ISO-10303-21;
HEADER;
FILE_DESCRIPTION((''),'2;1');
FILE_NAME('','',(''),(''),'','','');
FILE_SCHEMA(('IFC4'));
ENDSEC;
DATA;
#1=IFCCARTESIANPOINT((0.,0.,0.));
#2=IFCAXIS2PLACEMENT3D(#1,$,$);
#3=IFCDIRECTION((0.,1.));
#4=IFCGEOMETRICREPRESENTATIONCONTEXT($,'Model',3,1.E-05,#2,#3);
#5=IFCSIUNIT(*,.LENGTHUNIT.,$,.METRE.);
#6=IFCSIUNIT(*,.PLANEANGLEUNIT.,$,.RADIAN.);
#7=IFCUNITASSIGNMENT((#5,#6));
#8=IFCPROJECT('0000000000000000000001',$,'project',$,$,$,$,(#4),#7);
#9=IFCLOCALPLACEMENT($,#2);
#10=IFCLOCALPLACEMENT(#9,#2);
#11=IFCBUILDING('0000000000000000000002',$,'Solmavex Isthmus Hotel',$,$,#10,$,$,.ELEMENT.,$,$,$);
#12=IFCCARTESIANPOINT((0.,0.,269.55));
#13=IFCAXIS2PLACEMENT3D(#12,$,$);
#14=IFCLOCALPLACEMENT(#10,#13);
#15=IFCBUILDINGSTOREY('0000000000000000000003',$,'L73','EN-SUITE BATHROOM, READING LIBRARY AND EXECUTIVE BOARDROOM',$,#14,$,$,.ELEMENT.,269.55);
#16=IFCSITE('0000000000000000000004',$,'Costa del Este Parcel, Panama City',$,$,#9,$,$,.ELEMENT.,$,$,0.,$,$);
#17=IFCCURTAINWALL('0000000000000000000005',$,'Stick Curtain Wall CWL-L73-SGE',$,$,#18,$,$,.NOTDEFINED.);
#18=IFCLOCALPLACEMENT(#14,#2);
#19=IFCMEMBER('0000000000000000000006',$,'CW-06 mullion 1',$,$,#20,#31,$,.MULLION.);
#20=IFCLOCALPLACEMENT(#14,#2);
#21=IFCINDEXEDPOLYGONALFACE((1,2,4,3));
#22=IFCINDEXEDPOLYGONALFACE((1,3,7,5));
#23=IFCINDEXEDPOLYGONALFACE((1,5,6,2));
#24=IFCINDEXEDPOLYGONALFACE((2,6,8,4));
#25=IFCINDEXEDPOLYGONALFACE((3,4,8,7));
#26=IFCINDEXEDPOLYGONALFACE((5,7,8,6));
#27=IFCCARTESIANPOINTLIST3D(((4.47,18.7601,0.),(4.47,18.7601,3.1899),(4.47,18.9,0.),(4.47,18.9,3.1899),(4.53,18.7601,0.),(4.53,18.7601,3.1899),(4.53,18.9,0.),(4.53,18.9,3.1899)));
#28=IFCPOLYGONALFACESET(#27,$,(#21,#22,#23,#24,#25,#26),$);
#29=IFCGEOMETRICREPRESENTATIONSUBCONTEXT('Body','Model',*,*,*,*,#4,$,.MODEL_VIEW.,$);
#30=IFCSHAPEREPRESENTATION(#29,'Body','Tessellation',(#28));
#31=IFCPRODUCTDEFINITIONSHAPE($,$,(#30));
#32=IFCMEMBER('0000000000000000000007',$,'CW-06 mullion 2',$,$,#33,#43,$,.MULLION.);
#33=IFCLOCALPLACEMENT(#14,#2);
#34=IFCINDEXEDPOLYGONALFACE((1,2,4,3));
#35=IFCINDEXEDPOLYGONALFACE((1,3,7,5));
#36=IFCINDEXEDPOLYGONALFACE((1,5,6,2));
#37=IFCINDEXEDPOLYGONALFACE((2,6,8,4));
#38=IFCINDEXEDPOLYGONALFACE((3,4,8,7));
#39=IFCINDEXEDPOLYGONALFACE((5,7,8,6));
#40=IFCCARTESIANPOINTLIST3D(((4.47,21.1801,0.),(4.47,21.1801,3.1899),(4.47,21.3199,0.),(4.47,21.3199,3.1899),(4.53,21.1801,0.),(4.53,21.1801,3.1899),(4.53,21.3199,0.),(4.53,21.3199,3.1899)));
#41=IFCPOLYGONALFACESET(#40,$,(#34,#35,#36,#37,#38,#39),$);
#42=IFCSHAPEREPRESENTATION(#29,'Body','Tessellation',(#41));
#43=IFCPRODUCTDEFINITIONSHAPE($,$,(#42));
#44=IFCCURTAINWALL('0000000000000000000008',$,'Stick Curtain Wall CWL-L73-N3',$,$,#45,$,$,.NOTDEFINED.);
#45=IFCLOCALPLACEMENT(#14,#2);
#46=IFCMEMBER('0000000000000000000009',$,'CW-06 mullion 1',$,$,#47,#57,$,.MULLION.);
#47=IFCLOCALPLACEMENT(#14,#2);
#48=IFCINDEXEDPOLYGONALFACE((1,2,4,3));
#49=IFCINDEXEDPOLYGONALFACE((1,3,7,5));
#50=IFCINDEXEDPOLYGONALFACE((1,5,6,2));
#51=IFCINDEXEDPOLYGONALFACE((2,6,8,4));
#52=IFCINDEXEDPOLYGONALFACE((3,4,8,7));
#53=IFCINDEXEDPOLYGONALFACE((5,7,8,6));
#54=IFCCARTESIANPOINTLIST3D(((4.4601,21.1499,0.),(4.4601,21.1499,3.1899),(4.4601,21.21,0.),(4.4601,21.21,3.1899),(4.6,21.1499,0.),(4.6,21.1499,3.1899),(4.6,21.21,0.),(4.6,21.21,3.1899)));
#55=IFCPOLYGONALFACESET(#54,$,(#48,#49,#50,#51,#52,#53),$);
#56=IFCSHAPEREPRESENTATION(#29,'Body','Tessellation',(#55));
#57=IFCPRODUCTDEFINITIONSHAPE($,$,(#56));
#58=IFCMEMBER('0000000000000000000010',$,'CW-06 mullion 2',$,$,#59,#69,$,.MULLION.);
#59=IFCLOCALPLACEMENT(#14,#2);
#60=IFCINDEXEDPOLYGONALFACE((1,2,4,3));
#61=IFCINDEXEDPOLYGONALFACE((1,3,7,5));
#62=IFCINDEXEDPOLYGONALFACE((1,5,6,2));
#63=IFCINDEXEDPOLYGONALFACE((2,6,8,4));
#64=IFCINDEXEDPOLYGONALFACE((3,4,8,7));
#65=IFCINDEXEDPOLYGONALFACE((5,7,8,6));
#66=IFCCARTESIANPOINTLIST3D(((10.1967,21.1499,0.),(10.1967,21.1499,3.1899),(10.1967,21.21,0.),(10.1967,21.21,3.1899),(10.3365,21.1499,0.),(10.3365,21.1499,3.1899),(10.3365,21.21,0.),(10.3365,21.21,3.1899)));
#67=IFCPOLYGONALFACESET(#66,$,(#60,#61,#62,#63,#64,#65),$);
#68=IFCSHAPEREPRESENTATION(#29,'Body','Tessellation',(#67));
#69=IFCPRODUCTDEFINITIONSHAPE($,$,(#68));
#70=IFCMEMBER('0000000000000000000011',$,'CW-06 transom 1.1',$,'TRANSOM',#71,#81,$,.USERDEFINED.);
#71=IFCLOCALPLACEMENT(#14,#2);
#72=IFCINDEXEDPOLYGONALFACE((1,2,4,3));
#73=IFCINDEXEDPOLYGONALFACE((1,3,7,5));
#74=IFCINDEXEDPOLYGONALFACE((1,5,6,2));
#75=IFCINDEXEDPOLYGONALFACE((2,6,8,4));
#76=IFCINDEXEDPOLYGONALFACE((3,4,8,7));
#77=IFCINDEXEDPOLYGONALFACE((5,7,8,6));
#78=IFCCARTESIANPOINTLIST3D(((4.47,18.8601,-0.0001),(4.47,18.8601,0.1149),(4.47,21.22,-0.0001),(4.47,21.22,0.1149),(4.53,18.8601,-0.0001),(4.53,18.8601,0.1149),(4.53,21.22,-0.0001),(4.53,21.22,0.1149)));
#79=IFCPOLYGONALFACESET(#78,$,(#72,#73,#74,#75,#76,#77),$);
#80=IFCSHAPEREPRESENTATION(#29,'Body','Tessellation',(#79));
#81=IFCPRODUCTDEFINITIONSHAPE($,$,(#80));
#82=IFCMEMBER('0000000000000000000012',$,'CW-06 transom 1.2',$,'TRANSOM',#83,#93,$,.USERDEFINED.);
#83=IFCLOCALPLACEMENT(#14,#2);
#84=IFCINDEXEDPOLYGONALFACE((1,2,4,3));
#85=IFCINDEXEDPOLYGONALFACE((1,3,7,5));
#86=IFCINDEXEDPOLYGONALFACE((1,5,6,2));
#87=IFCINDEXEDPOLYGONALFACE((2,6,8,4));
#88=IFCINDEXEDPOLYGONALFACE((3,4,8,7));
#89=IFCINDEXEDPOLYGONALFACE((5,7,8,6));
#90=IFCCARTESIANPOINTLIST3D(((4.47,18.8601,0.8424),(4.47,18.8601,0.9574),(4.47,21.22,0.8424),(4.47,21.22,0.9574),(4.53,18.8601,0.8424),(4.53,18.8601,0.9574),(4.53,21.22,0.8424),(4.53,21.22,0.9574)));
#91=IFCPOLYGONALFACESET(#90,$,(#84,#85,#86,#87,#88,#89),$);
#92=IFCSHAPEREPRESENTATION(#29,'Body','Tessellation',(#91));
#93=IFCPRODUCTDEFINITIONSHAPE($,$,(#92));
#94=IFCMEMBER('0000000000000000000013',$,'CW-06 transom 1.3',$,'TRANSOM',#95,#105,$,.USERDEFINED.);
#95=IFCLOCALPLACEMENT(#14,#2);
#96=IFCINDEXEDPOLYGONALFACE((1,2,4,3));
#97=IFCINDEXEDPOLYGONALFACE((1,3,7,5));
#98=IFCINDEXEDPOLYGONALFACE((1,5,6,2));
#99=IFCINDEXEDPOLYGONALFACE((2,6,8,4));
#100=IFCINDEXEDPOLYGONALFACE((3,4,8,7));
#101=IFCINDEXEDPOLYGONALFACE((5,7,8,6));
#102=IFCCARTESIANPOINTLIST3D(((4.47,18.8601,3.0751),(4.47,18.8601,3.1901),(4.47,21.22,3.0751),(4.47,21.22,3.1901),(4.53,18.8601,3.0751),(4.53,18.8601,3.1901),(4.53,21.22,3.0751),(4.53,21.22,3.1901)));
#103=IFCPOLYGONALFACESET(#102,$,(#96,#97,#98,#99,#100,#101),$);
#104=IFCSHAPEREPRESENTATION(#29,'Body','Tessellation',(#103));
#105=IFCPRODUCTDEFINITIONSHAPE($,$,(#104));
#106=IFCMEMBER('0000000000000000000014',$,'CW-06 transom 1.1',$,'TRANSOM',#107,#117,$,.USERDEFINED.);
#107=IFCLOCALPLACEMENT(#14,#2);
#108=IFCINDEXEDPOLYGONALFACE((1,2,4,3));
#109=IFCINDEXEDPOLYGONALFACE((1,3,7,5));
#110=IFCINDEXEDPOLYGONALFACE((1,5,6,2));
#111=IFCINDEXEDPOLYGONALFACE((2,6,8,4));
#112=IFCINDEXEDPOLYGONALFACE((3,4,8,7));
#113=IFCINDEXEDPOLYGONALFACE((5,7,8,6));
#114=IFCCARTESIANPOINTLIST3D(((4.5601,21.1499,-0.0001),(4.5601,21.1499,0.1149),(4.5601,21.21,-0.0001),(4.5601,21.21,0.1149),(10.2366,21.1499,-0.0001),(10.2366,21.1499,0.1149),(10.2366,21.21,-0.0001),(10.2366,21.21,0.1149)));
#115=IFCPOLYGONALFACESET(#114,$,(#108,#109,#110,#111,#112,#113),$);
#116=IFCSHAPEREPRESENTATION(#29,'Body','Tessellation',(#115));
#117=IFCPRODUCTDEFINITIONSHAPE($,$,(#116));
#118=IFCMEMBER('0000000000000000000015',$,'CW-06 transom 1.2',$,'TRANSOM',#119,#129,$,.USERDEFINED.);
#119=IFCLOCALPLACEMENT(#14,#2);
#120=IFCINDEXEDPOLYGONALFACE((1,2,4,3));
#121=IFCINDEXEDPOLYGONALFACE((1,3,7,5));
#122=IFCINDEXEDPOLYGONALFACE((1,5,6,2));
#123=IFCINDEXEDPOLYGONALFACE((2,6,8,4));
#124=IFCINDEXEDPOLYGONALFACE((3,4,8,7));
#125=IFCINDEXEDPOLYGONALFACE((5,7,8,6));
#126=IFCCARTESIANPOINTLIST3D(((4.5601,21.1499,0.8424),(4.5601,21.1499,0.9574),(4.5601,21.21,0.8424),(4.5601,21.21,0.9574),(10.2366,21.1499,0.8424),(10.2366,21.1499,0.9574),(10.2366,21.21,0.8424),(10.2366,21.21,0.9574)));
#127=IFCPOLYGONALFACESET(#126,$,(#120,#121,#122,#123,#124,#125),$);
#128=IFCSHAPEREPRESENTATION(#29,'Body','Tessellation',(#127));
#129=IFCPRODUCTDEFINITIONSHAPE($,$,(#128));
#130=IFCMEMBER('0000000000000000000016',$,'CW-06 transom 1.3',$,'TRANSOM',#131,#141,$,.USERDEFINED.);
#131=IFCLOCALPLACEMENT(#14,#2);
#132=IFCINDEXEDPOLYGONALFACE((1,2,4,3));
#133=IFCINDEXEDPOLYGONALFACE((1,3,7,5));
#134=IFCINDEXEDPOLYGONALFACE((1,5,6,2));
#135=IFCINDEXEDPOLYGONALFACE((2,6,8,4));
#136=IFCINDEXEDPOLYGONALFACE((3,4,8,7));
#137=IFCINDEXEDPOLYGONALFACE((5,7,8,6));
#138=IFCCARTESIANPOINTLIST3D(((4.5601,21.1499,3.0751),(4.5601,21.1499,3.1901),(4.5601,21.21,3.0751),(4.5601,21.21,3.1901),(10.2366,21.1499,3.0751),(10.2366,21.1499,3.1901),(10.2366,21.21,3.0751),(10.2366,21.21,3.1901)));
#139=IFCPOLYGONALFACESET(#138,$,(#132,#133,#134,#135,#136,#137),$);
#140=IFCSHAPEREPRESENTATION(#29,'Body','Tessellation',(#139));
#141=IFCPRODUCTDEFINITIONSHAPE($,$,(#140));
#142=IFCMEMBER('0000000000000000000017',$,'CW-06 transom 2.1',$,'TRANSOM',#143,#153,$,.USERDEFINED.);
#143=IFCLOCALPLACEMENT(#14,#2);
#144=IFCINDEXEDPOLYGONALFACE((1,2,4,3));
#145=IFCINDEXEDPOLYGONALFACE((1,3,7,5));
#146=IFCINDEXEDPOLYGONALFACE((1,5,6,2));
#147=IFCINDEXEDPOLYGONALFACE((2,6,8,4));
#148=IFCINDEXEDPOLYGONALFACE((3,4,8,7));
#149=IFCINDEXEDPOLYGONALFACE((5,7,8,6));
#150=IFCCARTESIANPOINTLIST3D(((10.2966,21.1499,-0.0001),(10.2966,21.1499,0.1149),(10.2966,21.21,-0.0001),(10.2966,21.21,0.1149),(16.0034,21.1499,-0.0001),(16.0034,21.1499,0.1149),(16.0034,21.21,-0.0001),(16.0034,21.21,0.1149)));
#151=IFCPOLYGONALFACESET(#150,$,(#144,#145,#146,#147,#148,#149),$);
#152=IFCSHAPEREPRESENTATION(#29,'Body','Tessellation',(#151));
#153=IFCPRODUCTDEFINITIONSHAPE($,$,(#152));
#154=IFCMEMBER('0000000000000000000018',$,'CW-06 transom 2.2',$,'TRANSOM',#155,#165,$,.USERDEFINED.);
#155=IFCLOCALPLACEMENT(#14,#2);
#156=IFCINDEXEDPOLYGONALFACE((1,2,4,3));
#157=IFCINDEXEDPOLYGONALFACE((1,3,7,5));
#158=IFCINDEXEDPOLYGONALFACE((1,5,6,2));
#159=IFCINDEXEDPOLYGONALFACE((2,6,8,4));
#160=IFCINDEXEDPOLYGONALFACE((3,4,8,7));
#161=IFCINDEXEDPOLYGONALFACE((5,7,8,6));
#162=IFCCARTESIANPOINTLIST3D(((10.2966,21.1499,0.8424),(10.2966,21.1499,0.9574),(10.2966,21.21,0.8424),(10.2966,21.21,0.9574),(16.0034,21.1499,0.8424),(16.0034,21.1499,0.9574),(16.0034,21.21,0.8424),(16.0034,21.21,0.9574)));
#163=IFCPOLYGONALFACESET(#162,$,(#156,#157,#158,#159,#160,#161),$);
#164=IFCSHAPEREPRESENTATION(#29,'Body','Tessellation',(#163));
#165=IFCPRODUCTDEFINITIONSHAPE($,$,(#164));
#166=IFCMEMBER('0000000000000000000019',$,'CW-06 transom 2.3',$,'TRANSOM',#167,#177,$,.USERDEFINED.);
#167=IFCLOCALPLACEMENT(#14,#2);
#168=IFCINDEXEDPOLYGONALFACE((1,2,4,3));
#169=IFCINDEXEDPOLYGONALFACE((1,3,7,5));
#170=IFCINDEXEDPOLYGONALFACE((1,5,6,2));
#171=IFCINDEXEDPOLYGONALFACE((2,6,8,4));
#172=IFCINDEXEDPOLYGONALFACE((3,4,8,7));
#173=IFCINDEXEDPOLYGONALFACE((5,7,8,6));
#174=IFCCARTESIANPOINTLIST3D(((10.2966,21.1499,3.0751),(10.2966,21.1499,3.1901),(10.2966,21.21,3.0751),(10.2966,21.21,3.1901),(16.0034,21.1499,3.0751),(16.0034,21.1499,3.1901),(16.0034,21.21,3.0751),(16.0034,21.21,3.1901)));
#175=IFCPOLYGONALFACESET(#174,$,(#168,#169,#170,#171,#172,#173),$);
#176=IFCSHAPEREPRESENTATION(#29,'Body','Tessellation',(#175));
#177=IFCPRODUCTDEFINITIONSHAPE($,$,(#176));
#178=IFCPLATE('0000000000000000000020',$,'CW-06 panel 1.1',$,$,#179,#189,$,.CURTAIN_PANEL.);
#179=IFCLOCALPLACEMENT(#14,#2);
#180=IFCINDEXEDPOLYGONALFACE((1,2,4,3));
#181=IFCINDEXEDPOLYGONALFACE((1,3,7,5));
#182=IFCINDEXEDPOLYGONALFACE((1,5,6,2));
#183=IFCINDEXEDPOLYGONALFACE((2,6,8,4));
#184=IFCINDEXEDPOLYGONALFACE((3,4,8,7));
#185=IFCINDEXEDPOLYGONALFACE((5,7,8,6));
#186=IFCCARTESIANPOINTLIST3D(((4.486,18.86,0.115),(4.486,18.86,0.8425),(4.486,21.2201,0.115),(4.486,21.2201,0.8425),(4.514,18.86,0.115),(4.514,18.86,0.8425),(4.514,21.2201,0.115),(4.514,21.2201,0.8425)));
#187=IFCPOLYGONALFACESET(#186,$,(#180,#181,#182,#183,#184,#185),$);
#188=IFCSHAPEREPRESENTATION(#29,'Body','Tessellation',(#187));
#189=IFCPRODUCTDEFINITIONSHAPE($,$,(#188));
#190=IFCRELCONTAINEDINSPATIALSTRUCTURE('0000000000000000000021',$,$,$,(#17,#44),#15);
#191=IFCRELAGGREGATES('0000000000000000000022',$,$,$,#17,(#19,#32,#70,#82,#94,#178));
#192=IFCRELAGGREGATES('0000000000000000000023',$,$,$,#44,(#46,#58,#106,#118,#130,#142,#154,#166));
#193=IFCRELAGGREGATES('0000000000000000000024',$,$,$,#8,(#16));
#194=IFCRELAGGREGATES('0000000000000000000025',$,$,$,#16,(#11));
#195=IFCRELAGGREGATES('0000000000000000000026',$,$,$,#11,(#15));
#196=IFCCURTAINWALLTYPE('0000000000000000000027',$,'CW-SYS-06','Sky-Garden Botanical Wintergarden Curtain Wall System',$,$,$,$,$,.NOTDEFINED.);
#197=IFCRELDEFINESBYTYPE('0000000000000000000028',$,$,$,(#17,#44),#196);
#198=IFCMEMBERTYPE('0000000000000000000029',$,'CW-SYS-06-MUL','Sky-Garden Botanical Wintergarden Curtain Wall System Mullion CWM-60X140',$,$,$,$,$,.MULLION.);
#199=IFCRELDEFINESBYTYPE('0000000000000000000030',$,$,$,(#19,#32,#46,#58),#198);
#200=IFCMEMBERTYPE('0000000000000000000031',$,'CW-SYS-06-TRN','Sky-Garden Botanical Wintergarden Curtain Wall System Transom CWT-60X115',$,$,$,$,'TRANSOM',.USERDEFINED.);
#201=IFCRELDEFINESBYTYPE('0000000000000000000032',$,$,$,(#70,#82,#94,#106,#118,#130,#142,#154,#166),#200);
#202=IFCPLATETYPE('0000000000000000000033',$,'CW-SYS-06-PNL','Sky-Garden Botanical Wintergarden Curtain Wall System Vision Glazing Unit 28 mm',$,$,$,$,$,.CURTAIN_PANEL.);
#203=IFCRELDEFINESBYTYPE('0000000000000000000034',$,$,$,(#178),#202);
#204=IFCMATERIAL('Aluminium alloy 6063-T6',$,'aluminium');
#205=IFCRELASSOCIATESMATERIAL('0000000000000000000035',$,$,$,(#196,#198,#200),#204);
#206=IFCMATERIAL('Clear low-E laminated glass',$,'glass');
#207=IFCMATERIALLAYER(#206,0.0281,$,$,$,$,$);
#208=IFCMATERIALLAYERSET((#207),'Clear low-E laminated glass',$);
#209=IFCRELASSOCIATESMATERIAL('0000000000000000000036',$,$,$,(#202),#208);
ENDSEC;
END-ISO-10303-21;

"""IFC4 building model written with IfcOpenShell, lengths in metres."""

from ifc_helpers import new_model, si_unit, direction, frame, origin, origin_2d, place, context, subcontext, project, spatial, rectangle, extrude, material, layer, layer_set, material_profile, profile_set, type_object, element, aggregate, save


model = new_model("IFC4")

# Units and contexts
model_context = context("Model", 3, precision=1e-05, world=origin(), true_north=direction((0.0, 1.0)))
body_context = subcontext(model_context, "Body", "Model", "MODEL_VIEW")
ifc_project = project(units=[si_unit("LENGTHUNIT", "METRE"), si_unit("PLANEANGLEUNIT", "RADIAN")], contexts=[model_context])

# Site, building, storey
site_placement = place(None, origin())
site = spatial("IfcSite", under=ifc_project, at=site_placement, Name="Costa del Este Parcel, Panama City", CompositionType="ELEMENT", RefElevation=0.0)
building_placement = place(site_placement, origin())
building = spatial("IfcBuilding", under=site, at=building_placement, Name="Solmavex Isthmus Hotel", CompositionType="ELEMENT")
storey_placement = place(building_placement, frame((0.0, 0.0, 269.55)))
storey = spatial("IfcBuildingStorey", under=building, at=storey_placement, Name="L73", Description="EN-SUITE BATHROOM, READING LIBRARY AND EXECUTIVE BOARDROOM", CompositionType="ELEMENT", Elevation=269.55)

# Curtain walls, members
ifc_material_1 = material(Name="Aluminium alloy 6063-T6", Category="aluminium")
curtain_wall_type = type_object("IfcCurtainWallType", Name="CW-SYS-06", Description="Sky-Garden Botanical Wintergarden Curtain Wall System", PredefinedType="NOTDEFINED", material=ifc_material_1)
curtain_wall_1_placement = place(storey_placement, origin())
curtain_wall_1 = element("IfcCurtainWall", 1, at=curtain_wall_1_placement, inside=storey, type_object=curtain_wall_type, Name="Stick Curtain Wall CWL-L73-SGE", PredefinedType="NOTDEFINED")
ifc_material_profile_1 = material_profile(ifc_material_1, rectangle(XDim=0.0601, YDim=0.1399, at=origin_2d()), Name="CWM-60X140")
ifc_profile_set_1 = profile_set([ifc_material_profile_1], Name="Aluminium alloy 6063-T6")
member_type_1 = type_object("IfcMemberType", Name="CW-SYS-06-MUL", Description="Sky-Garden Botanical Wintergarden Curtain Wall System Mullion CWM-60X140", PredefinedType="MULLION", material=ifc_profile_set_1)
member_1_placement = place(storey_placement, frame((4.5, 18.8301, 0.0), z_axis=(0.0, 0.0, 1.0), x_axis=(-1.0, 0.0, 0.0)))
member_1 = element("IfcMember", 2, at=member_1_placement, type_object=member_type_1, Name="CW-06 mullion 1", PredefinedType="MULLION", context=body_context, shape_type="SweptSolid", body=[
    extrude(rectangle(XDim=0.0601, YDim=0.1399, at=origin_2d()), origin(), (0.0, 0.0, 1.0), 3.1899),
])
member_2_placement = place(storey_placement, frame((4.5, 21.25, 0.0), z_axis=(0.0, 0.0, 1.0), x_axis=(-1.0, 0.0, 0.0)))
member_2 = element("IfcMember", 3, at=member_2_placement, type_object=member_type_1, Name="CW-06 mullion 2", PredefinedType="MULLION", context=body_context, shape_type="SweptSolid", body=[
    extrude(rectangle(XDim=0.0601, YDim=0.1399, at=origin_2d()), origin(), (0.0, 0.0, 1.0), 3.1899),
])
curtain_wall_2_placement = place(storey_placement, origin())
curtain_wall_2 = element("IfcCurtainWall", 4, at=curtain_wall_2_placement, inside=storey, type_object=curtain_wall_type, Name="Stick Curtain Wall CWL-L73-N3", PredefinedType="NOTDEFINED")
member_3_placement = place(storey_placement, frame((4.53, 21.1799, 0.0), z_axis=(0.0, 0.0, 1.0), x_axis=(0.0, 1.0, 0.0)))
member_3 = element("IfcMember", 5, at=member_3_placement, type_object=member_type_1, Name="CW-06 mullion 1", PredefinedType="MULLION", context=body_context, shape_type="SweptSolid", body=[
    extrude(rectangle(XDim=0.0601, YDim=0.1399, at=origin_2d()), origin(), (0.0, 0.0, 1.0), 3.1899),
])
member_4_placement = place(storey_placement, frame((10.2666, 21.1799, 0.0), z_axis=(0.0, 0.0, 1.0), x_axis=(0.0, 1.0, 0.0)))
member_4 = element("IfcMember", 6, at=member_4_placement, type_object=member_type_1, Name="CW-06 mullion 2", PredefinedType="MULLION", context=body_context, shape_type="SweptSolid", body=[
    extrude(rectangle(XDim=0.0601, YDim=0.1399, at=origin_2d()), origin(), (0.0, 0.0, 1.0), 3.1899),
])

# Members
ifc_material_profile_2 = material_profile(ifc_material_1, rectangle(XDim=0.0601, YDim=0.115, at=origin_2d()), Name="CWT-60X115")
ifc_profile_set_2 = profile_set([ifc_material_profile_2], Name="Aluminium alloy 6063-T6")
member_type_2 = type_object("IfcMemberType", Name="CW-SYS-06-TRN", Description="Sky-Garden Botanical Wintergarden Curtain Wall System Transom CWT-60X115", ElementType="TRANSOM", PredefinedType="USERDEFINED", material=ifc_profile_set_2)
member_5_placement = place(storey_placement, frame((4.5, 18.8601, 0.0574), z_axis=(0.0, 1.0, 0.0), x_axis=(-1.0, 0.0, 0.0)))
member_5 = element("IfcMember", 7, at=member_5_placement, type_object=member_type_2, Name="CW-06 transom 1.1", ObjectType="TRANSOM", PredefinedType="USERDEFINED", context=body_context, shape_type="SweptSolid", body=[
    extrude(rectangle(XDim=0.0601, YDim=0.115, at=origin_2d()), origin(), (0.0, 0.0, 1.0), 2.3599),
])
member_6_placement = place(storey_placement, frame((4.5, 18.8601, 0.8999), z_axis=(0.0, 1.0, 0.0), x_axis=(-1.0, 0.0, 0.0)))
member_6 = element("IfcMember", 8, at=member_6_placement, type_object=member_type_2, Name="CW-06 transom 1.2", ObjectType="TRANSOM", PredefinedType="USERDEFINED", context=body_context, shape_type="SweptSolid", body=[
    extrude(rectangle(XDim=0.0601, YDim=0.115, at=origin_2d()), origin(), (0.0, 0.0, 1.0), 2.3599),
])
member_7_placement = place(storey_placement, frame((4.5, 18.8601, 3.1326), z_axis=(0.0, 1.0, 0.0), x_axis=(-1.0, 0.0, 0.0)))
member_7 = element("IfcMember", 9, at=member_7_placement, type_object=member_type_2, Name="CW-06 transom 1.3", ObjectType="TRANSOM", PredefinedType="USERDEFINED", context=body_context, shape_type="SweptSolid", body=[
    extrude(rectangle(XDim=0.0601, YDim=0.115, at=origin_2d()), origin(), (0.0, 0.0, 1.0), 2.3599),
])
member_8_placement = place(storey_placement, frame((4.5601, 21.1799, 0.0574), z_axis=(1.0, 0.0, 0.0), x_axis=(0.0, 1.0, 0.0)))
member_8 = element("IfcMember", 10, at=member_8_placement, type_object=member_type_2, Name="CW-06 transom 1.1", ObjectType="TRANSOM", PredefinedType="USERDEFINED", context=body_context, shape_type="SweptSolid", body=[
    extrude(rectangle(XDim=0.0601, YDim=0.115, at=origin_2d()), origin(), (0.0, 0.0, 1.0), 5.6765),
])
member_9_placement = place(storey_placement, frame((4.5601, 21.1799, 0.8999), z_axis=(1.0, 0.0, 0.0), x_axis=(0.0, 1.0, 0.0)))
member_9 = element("IfcMember", 11, at=member_9_placement, type_object=member_type_2, Name="CW-06 transom 1.2", ObjectType="TRANSOM", PredefinedType="USERDEFINED", context=body_context, shape_type="SweptSolid", body=[
    extrude(rectangle(XDim=0.0601, YDim=0.115, at=origin_2d()), origin(), (0.0, 0.0, 1.0), 5.6765),
])
member_10_placement = place(storey_placement, frame((4.5601, 21.1799, 3.1326), z_axis=(1.0, 0.0, 0.0), x_axis=(0.0, 1.0, 0.0)))
member_10 = element("IfcMember", 12, at=member_10_placement, type_object=member_type_2, Name="CW-06 transom 1.3", ObjectType="TRANSOM", PredefinedType="USERDEFINED", context=body_context, shape_type="SweptSolid", body=[
    extrude(rectangle(XDim=0.0601, YDim=0.115, at=origin_2d()), origin(), (0.0, 0.0, 1.0), 5.6765),
])
member_11_placement = place(storey_placement, frame((10.2966, 21.1799, 0.0574), z_axis=(1.0, 0.0, 0.0), x_axis=(0.0, 1.0, 0.0)))
member_11 = element("IfcMember", 13, at=member_11_placement, type_object=member_type_2, Name="CW-06 transom 2.1", ObjectType="TRANSOM", PredefinedType="USERDEFINED", context=body_context, shape_type="SweptSolid", body=[
    extrude(rectangle(XDim=0.0601, YDim=0.115, at=origin_2d()), origin(), (0.0, 0.0, 1.0), 5.7068),
])
member_12_placement = place(storey_placement, frame((10.2966, 21.1799, 0.8999), z_axis=(1.0, 0.0, 0.0), x_axis=(0.0, 1.0, 0.0)))
member_12 = element("IfcMember", 14, at=member_12_placement, type_object=member_type_2, Name="CW-06 transom 2.2", ObjectType="TRANSOM", PredefinedType="USERDEFINED", context=body_context, shape_type="SweptSolid", body=[
    extrude(rectangle(XDim=0.0601, YDim=0.115, at=origin_2d()), origin(), (0.0, 0.0, 1.0), 5.7068),
])
member_13_placement = place(storey_placement, frame((10.2966, 21.1799, 3.1326), z_axis=(1.0, 0.0, 0.0), x_axis=(0.0, 1.0, 0.0)))
member_13 = element("IfcMember", 15, at=member_13_placement, type_object=member_type_2, Name="CW-06 transom 2.3", ObjectType="TRANSOM", PredefinedType="USERDEFINED", context=body_context, shape_type="SweptSolid", body=[
    extrude(rectangle(XDim=0.0601, YDim=0.115, at=origin_2d()), origin(), (0.0, 0.0, 1.0), 5.7068),
])

# Plate
ifc_material_2 = material(Name="Clear low-E laminated glass", Category="glass")
ifc_layer_1 = layer(ifc_material_2, 0.0281)
ifc_layer_set_1 = layer_set([ifc_layer_1], Name="Clear low-E laminated glass")
plate_type = type_object("IfcPlateType", Name="CW-SYS-06-PNL", Description="Sky-Garden Botanical Wintergarden Curtain Wall System Vision Glazing Unit 28 mm", PredefinedType="CURTAIN_PANEL", material=ifc_layer_set_1)
plate_1_placement = place(storey_placement, frame((4.5, 20.04, 0.115), z_axis=(0.0, 0.0, 1.0), x_axis=(0.0, 1.0, 0.0)))
plate_1 = element("IfcPlate", 16, at=plate_1_placement, type_object=plate_type, Name="CW-06 panel 1.1", PredefinedType="CURTAIN_PANEL", context=body_context, shape_type="SweptSolid", body=[
    extrude(rectangle(XDim=2.3601, YDim=0.0281, at=origin_2d()), origin(), (0.0, 0.0, 1.0), 0.7275),
])
aggregate(curtain_wall_1, [member_1, member_2, member_5, member_6, member_7, plate_1])
aggregate(curtain_wall_2, [member_3, member_4, member_8, member_9, member_10, member_11, member_12, member_13])

save(model, "model.ifc")
